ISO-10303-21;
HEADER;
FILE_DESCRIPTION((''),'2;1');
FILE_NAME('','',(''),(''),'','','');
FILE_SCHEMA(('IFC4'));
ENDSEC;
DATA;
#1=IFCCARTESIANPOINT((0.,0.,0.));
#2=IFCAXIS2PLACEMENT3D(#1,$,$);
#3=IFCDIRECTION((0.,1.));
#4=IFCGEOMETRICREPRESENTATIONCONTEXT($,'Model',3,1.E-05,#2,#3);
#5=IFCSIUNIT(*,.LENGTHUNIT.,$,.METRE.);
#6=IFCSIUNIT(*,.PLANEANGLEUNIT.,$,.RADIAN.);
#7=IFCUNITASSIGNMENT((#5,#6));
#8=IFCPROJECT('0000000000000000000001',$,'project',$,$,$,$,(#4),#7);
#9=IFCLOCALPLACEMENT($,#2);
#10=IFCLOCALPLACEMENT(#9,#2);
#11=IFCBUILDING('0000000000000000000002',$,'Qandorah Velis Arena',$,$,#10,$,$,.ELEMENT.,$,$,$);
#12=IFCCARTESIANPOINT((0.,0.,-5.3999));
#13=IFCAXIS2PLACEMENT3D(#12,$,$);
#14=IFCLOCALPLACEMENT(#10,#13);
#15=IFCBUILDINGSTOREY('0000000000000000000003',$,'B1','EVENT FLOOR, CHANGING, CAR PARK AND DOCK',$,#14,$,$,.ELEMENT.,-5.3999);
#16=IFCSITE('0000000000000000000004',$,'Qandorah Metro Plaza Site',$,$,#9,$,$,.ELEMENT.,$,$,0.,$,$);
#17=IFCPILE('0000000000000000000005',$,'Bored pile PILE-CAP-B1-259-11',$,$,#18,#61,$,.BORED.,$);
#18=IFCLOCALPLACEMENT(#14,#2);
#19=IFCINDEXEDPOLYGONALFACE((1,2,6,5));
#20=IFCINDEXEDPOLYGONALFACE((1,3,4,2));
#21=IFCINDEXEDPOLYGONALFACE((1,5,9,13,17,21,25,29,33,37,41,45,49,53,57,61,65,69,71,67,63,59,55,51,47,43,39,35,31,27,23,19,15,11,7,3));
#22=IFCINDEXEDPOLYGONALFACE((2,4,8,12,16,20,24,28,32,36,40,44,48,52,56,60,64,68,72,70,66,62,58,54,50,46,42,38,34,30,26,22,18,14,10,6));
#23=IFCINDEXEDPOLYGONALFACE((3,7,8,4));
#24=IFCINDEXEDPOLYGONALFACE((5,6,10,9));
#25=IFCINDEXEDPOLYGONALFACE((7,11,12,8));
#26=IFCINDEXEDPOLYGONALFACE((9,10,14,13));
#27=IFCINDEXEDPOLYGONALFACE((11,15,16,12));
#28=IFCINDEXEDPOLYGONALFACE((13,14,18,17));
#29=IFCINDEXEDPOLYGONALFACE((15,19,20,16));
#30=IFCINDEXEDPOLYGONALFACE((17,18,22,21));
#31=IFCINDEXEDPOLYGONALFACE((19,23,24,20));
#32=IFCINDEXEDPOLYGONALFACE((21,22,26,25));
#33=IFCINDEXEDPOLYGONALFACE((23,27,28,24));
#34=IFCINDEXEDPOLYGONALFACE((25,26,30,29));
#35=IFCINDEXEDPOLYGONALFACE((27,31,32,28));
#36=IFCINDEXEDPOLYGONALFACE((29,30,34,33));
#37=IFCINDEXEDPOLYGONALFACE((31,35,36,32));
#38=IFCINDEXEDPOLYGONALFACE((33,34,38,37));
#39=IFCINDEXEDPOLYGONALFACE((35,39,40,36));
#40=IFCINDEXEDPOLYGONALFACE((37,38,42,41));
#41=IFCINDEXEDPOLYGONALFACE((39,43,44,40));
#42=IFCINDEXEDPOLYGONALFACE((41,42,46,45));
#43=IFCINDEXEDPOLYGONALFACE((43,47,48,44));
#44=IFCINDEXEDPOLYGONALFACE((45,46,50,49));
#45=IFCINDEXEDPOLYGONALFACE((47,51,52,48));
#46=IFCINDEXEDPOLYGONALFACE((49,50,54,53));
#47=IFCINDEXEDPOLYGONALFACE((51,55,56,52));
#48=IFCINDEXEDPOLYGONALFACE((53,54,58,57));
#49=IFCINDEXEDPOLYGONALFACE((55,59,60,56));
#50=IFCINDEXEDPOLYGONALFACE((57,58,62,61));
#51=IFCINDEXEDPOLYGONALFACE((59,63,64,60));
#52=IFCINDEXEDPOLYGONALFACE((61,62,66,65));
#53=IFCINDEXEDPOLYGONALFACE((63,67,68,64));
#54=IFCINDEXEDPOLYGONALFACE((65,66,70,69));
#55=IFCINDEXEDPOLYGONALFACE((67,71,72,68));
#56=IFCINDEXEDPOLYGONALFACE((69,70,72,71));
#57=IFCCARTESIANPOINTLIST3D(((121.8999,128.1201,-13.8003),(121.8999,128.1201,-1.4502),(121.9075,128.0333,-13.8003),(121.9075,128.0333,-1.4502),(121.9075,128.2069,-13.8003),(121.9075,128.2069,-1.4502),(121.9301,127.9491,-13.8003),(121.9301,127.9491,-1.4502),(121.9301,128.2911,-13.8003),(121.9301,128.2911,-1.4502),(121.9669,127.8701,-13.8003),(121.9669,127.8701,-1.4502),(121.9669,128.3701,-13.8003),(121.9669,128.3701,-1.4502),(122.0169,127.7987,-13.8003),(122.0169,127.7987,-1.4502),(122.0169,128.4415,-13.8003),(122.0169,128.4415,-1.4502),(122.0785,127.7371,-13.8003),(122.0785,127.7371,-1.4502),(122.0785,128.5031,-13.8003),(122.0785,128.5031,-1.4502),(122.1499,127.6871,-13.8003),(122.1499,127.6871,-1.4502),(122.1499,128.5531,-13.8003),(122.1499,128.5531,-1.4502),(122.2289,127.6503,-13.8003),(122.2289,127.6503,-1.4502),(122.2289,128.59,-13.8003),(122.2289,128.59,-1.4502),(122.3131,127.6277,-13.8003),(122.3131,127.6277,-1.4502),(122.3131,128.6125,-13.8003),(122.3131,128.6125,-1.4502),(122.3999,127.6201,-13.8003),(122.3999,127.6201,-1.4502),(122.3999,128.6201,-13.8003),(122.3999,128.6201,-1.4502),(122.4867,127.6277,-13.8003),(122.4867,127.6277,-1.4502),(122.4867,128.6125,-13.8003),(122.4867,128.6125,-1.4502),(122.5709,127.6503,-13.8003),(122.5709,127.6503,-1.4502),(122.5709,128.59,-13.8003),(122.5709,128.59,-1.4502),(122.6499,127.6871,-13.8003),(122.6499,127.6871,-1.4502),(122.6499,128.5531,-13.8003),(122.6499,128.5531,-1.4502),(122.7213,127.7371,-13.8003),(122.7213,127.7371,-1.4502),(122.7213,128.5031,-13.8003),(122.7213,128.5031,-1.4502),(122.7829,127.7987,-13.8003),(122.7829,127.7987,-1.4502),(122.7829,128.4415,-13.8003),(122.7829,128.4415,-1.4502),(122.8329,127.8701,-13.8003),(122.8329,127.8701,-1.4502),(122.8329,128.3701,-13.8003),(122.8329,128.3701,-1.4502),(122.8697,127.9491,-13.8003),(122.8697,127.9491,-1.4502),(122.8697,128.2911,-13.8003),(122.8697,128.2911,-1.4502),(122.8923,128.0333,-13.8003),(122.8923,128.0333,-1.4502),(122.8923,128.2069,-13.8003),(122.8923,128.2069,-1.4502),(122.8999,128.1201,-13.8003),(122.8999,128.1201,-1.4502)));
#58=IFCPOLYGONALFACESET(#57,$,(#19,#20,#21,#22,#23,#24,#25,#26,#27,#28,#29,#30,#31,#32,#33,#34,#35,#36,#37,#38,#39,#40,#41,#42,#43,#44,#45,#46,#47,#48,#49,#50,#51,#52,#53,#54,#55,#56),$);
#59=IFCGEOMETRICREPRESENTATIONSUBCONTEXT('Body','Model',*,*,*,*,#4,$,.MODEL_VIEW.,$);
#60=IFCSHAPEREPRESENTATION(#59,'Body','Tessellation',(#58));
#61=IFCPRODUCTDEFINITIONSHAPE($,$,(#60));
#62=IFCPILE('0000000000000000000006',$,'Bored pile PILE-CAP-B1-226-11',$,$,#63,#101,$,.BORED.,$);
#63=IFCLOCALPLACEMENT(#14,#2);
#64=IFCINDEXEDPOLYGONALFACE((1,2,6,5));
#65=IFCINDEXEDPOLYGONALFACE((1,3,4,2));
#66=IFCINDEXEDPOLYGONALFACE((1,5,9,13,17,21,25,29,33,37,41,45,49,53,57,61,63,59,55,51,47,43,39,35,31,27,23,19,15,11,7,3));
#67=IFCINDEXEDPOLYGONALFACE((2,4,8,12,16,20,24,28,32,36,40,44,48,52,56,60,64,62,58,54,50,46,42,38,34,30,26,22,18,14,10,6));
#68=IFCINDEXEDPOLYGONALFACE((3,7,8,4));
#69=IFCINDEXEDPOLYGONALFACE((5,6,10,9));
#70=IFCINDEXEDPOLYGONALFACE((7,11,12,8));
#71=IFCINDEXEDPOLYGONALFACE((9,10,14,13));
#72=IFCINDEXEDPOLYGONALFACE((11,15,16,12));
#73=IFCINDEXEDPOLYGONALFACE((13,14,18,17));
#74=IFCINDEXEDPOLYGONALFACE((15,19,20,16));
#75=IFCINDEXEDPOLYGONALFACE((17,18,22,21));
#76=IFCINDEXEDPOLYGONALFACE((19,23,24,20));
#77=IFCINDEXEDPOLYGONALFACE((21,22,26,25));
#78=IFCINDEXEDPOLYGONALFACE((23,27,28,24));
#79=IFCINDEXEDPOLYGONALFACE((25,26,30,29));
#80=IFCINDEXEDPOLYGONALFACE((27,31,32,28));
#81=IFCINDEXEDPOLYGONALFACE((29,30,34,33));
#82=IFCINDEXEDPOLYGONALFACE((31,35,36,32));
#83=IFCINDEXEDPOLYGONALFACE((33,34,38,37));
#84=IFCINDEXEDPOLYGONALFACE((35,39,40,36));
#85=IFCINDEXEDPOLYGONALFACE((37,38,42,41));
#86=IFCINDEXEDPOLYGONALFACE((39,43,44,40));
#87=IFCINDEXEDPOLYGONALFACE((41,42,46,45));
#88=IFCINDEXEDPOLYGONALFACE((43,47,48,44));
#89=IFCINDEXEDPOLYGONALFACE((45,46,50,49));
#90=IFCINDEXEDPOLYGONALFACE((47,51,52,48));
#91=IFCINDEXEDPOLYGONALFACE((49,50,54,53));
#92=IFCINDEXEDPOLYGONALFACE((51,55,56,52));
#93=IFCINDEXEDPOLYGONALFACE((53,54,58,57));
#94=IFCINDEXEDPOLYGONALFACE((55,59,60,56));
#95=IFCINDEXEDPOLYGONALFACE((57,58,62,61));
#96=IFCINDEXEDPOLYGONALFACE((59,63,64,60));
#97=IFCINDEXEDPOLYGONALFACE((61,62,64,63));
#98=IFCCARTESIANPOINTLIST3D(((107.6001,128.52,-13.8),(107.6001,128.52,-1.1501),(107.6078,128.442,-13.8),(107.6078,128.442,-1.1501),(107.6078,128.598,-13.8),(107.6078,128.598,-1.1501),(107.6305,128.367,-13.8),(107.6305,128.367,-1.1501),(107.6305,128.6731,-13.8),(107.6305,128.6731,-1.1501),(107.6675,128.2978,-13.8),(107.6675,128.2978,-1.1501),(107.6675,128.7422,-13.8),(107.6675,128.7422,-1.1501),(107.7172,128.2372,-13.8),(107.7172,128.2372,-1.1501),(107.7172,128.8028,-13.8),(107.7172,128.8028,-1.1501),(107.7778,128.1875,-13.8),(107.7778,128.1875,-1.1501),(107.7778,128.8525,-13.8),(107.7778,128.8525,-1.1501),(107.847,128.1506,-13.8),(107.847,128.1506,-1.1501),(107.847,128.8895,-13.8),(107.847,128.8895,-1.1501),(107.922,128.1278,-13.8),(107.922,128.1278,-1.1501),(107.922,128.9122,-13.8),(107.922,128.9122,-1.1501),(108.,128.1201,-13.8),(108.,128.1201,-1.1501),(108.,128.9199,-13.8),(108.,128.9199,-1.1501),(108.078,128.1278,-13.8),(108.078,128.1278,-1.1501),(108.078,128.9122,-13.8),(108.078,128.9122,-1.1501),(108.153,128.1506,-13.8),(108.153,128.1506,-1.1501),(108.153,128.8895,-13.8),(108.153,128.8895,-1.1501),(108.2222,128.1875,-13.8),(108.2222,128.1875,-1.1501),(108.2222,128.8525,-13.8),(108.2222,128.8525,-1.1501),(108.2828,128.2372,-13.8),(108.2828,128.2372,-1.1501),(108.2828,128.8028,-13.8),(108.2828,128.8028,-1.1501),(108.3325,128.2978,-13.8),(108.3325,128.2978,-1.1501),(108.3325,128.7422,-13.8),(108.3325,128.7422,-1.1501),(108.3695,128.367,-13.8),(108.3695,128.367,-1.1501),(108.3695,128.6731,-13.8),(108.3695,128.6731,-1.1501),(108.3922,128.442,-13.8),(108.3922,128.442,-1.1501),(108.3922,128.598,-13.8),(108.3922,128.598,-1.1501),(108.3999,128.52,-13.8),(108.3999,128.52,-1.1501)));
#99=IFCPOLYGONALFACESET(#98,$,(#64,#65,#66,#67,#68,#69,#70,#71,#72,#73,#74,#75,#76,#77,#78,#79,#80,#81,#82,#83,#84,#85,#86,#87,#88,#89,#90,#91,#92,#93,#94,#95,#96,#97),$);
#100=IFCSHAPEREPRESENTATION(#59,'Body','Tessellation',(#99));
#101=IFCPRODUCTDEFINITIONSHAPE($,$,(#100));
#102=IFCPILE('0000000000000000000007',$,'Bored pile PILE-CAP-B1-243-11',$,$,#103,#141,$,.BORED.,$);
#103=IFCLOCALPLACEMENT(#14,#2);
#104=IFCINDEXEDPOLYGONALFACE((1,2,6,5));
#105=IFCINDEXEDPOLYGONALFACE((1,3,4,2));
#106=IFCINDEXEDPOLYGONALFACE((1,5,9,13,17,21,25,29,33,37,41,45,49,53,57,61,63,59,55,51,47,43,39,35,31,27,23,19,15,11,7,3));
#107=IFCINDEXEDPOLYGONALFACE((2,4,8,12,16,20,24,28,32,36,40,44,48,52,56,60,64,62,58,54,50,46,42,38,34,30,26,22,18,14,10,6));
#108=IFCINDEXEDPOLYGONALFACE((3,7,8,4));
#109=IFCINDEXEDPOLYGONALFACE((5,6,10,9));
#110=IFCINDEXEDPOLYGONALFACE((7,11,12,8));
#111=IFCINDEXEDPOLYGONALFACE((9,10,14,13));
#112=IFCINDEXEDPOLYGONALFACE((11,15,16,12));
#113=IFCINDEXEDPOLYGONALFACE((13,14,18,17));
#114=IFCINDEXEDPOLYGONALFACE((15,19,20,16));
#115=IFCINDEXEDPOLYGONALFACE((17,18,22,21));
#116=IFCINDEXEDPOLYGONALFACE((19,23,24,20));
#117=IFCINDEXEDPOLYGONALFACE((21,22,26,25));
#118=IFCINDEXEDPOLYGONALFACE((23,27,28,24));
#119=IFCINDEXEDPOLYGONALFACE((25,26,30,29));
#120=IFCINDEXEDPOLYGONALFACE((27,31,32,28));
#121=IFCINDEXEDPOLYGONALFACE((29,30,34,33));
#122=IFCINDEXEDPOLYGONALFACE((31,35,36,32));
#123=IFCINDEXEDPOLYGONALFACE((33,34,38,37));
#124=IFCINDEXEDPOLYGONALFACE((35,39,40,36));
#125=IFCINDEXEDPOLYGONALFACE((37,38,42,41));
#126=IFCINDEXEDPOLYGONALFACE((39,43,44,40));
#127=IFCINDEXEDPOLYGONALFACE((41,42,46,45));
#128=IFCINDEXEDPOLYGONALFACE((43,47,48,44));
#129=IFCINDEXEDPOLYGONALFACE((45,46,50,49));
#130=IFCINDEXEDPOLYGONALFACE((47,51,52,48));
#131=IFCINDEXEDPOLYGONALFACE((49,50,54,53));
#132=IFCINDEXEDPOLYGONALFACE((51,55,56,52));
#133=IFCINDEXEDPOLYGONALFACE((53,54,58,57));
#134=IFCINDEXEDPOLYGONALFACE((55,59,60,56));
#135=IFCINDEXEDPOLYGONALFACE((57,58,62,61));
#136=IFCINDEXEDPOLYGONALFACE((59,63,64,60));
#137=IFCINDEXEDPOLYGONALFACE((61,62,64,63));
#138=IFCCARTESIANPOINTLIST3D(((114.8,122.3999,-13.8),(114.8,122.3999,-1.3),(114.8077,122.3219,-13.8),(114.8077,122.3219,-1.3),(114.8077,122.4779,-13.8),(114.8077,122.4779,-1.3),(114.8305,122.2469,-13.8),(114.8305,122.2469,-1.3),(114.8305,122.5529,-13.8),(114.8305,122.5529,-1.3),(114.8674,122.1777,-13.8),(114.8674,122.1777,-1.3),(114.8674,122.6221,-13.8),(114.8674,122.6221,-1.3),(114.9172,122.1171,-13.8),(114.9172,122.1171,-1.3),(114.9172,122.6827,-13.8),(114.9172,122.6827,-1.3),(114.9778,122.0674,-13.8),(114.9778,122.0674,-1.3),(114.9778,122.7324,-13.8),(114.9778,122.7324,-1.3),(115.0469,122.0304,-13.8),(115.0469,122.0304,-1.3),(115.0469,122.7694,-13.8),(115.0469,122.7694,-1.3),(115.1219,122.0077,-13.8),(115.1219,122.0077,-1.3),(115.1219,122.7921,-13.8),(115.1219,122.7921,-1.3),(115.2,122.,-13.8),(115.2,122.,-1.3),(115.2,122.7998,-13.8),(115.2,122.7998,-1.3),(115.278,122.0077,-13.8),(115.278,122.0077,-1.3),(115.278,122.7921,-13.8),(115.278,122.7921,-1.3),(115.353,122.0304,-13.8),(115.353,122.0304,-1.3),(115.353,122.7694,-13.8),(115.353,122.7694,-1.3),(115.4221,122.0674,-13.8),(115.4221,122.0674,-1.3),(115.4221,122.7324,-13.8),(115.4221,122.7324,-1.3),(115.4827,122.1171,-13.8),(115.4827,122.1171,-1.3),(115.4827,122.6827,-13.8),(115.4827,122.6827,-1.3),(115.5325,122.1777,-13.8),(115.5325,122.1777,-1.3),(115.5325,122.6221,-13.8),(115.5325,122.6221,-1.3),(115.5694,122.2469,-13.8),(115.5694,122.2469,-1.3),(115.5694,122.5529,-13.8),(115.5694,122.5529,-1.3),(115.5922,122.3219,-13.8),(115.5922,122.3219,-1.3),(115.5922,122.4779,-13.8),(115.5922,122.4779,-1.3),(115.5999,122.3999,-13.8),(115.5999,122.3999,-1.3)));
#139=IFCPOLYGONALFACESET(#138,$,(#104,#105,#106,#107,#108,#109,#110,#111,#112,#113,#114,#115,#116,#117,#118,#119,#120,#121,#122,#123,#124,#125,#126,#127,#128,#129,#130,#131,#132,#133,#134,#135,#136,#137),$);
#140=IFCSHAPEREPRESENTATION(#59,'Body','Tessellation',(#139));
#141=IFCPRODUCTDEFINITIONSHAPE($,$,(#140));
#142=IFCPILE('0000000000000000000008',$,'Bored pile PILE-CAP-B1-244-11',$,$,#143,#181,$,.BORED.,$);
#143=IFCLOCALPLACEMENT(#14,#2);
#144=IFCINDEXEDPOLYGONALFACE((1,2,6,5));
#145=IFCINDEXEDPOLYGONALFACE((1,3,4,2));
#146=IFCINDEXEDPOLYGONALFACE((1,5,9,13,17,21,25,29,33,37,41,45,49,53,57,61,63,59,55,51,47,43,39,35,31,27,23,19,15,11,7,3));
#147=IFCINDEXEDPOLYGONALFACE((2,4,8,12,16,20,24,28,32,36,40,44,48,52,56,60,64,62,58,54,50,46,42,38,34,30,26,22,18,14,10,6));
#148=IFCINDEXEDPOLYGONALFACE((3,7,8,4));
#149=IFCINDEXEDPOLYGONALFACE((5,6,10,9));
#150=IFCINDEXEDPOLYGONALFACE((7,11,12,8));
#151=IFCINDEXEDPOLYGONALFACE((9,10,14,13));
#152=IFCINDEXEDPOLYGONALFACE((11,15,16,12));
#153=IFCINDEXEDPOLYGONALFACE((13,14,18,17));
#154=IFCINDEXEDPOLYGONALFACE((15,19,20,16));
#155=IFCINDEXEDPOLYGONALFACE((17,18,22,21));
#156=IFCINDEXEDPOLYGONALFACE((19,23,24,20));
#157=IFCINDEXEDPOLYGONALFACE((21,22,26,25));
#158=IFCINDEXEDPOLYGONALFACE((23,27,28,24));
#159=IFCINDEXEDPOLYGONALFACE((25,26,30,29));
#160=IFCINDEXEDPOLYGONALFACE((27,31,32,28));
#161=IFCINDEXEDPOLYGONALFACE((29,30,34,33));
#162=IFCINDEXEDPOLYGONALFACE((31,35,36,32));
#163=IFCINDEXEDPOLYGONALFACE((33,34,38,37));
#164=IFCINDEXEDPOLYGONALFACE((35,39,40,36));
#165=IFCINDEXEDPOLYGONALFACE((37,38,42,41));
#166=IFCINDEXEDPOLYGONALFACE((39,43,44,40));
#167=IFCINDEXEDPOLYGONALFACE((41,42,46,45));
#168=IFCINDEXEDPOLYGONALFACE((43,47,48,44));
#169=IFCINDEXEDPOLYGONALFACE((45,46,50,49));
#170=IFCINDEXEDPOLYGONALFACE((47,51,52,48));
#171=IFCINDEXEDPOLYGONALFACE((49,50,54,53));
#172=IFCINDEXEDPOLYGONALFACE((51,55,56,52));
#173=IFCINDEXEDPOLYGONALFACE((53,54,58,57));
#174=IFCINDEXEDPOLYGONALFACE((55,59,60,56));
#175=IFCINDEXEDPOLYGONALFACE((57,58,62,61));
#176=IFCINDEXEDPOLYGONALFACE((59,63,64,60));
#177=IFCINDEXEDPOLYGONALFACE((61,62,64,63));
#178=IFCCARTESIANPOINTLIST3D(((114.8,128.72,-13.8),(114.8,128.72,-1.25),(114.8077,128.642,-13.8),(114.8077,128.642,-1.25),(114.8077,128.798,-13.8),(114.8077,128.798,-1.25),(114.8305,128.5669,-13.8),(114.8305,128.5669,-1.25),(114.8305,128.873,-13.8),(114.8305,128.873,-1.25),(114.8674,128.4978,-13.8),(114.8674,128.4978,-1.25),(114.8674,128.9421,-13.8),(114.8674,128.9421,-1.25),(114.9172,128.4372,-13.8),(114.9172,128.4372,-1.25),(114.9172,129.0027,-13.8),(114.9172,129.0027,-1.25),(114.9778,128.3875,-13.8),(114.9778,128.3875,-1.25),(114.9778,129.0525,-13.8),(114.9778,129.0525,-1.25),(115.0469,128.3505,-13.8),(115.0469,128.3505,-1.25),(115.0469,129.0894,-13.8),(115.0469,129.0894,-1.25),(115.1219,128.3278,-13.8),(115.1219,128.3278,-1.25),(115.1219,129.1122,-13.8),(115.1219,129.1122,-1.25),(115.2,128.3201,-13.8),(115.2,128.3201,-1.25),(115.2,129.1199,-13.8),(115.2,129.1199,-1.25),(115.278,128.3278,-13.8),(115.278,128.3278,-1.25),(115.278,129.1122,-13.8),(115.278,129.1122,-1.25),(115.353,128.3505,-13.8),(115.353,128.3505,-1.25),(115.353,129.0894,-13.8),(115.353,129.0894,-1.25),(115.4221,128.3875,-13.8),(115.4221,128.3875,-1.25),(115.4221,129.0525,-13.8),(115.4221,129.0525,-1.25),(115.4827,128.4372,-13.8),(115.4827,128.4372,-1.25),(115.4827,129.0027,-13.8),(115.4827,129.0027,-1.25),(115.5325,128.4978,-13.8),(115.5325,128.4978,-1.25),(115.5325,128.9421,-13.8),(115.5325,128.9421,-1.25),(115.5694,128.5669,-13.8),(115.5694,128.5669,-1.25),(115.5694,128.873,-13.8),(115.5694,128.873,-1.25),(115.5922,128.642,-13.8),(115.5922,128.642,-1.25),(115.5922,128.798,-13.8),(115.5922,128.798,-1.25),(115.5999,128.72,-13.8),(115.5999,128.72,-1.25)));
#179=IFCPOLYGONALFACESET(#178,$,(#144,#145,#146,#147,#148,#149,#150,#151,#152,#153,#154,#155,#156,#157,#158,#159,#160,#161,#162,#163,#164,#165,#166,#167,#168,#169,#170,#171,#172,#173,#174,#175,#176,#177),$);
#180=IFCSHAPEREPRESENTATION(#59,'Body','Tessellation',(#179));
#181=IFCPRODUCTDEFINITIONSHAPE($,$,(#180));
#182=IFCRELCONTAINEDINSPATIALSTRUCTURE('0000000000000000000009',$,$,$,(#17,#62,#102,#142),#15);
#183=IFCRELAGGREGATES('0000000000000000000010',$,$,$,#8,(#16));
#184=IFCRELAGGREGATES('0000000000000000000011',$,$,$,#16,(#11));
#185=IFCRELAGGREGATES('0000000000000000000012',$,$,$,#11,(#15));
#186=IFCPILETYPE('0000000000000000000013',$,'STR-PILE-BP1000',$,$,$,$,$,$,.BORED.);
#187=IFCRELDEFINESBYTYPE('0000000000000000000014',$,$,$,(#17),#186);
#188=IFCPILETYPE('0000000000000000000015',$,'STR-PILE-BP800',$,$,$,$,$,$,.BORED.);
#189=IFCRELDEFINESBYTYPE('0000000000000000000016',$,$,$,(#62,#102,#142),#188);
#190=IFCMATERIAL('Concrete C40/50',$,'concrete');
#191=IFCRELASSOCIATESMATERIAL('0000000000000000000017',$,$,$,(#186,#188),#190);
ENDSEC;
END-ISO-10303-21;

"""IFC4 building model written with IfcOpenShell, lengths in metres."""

from ifc_helpers import new_model, si_unit, direction, frame, origin, origin_2d, place, context, subcontext, project, spatial, circle, extrude, material, material_profile, profile_set, type_object, element, save


model = new_model("IFC4")

# Units and contexts
model_context = context("Model", 3, precision=1e-05, world=origin(), true_north=direction((0.0, 1.0)))
body_context = subcontext(model_context, "Body", "Model", "MODEL_VIEW")
ifc_project = project(units=[si_unit("LENGTHUNIT", "METRE"), si_unit("PLANEANGLEUNIT", "RADIAN")], contexts=[model_context])

# Site, building, storey
site_placement = place(None, origin())
site = spatial("IfcSite", under=ifc_project, at=site_placement, Name="Qandorah Metro Plaza Site", CompositionType="ELEMENT", RefElevation=0.0)
building_placement = place(site_placement, origin())
building = spatial("IfcBuilding", under=site, at=building_placement, Name="Qandorah Velis Arena", CompositionType="ELEMENT")
storey_placement = place(building_placement, frame((0.0, 0.0, -5.3999)))
storey = spatial("IfcBuildingStorey", under=building, at=storey_placement, Name="B1", Description="EVENT FLOOR, CHANGING, CAR PARK AND DOCK", CompositionType="ELEMENT", Elevation=-5.3999)

# Shared definitions
ifc_material_1 = material(Name="Concrete C40/50", Category="concrete")

# Piles
ifc_material_profile_1 = material_profile(ifc_material_1, circle(Radius=0.5, at=origin_2d()), Name="BORED PILE D1000")
ifc_profile_set_1 = profile_set([ifc_material_profile_1], Name="Concrete C40/50")
pile_type_1 = type_object("IfcPileType", Name="STR-PILE-BP1000", PredefinedType="BORED", material=ifc_profile_set_1)
pile_1_placement = place(storey_placement, frame((122.3999, 128.1201, -1.4502), z_axis=(0.0, 0.0, -1.0), x_axis=(1.0, 0.0, 0.0)))
element("IfcPile", 1, at=pile_1_placement, inside=storey, type_object=pile_type_1, Name="Bored pile PILE-CAP-B1-259-11", PredefinedType="BORED", context=body_context, shape_type="SweptSolid", body=[
    extrude(circle(Radius=0.5, at=origin_2d()), origin(), (0.0, 0.0, 1.0), 12.3501),
])
ifc_material_profile_2 = material_profile(ifc_material_1, circle(Radius=0.3999, at=origin_2d()), Name="BORED PILE D800")
ifc_profile_set_2 = profile_set([ifc_material_profile_2], Name="Concrete C40/50")
pile_type_2 = type_object("IfcPileType", Name="STR-PILE-BP800", PredefinedType="BORED", material=ifc_profile_set_2)
pile_2_placement = place(storey_placement, frame((108.0, 128.52, -1.1501), z_axis=(0.0, 0.0, -1.0), x_axis=(1.0, 0.0, 0.0)))
element("IfcPile", 2, at=pile_2_placement, inside=storey, type_object=pile_type_2, Name="Bored pile PILE-CAP-B1-226-11", PredefinedType="BORED", context=body_context, shape_type="SweptSolid", body=[
    extrude(circle(Radius=0.3999, at=origin_2d()), origin(), (0.0, 0.0, 1.0), 12.6499),
])
pile_3_placement = place(storey_placement, frame((115.2, 122.3999, -1.3), z_axis=(0.0, 0.0, -1.0), x_axis=(1.0, 0.0, 0.0)))
element("IfcPile", 3, at=pile_3_placement, inside=storey, type_object=pile_type_2, Name="Bored pile PILE-CAP-B1-243-11", PredefinedType="BORED", context=body_context, shape_type="SweptSolid", body=[
    extrude(circle(Radius=0.3999, at=origin_2d()), origin(), (0.0, 0.0, 1.0), 12.5),
])
pile_4_placement = place(storey_placement, frame((115.2, 128.72, -1.25), z_axis=(0.0, 0.0, -1.0), x_axis=(1.0, 0.0, 0.0)))
element("IfcPile", 4, at=pile_4_placement, inside=storey, type_object=pile_type_2, Name="Bored pile PILE-CAP-B1-244-11", PredefinedType="BORED", context=body_context, shape_type="SweptSolid", body=[
    extrude(circle(Radius=0.3999, at=origin_2d()), origin(), (0.0, 0.0, 1.0), 12.55),
])

save(model, "model.ifc")
